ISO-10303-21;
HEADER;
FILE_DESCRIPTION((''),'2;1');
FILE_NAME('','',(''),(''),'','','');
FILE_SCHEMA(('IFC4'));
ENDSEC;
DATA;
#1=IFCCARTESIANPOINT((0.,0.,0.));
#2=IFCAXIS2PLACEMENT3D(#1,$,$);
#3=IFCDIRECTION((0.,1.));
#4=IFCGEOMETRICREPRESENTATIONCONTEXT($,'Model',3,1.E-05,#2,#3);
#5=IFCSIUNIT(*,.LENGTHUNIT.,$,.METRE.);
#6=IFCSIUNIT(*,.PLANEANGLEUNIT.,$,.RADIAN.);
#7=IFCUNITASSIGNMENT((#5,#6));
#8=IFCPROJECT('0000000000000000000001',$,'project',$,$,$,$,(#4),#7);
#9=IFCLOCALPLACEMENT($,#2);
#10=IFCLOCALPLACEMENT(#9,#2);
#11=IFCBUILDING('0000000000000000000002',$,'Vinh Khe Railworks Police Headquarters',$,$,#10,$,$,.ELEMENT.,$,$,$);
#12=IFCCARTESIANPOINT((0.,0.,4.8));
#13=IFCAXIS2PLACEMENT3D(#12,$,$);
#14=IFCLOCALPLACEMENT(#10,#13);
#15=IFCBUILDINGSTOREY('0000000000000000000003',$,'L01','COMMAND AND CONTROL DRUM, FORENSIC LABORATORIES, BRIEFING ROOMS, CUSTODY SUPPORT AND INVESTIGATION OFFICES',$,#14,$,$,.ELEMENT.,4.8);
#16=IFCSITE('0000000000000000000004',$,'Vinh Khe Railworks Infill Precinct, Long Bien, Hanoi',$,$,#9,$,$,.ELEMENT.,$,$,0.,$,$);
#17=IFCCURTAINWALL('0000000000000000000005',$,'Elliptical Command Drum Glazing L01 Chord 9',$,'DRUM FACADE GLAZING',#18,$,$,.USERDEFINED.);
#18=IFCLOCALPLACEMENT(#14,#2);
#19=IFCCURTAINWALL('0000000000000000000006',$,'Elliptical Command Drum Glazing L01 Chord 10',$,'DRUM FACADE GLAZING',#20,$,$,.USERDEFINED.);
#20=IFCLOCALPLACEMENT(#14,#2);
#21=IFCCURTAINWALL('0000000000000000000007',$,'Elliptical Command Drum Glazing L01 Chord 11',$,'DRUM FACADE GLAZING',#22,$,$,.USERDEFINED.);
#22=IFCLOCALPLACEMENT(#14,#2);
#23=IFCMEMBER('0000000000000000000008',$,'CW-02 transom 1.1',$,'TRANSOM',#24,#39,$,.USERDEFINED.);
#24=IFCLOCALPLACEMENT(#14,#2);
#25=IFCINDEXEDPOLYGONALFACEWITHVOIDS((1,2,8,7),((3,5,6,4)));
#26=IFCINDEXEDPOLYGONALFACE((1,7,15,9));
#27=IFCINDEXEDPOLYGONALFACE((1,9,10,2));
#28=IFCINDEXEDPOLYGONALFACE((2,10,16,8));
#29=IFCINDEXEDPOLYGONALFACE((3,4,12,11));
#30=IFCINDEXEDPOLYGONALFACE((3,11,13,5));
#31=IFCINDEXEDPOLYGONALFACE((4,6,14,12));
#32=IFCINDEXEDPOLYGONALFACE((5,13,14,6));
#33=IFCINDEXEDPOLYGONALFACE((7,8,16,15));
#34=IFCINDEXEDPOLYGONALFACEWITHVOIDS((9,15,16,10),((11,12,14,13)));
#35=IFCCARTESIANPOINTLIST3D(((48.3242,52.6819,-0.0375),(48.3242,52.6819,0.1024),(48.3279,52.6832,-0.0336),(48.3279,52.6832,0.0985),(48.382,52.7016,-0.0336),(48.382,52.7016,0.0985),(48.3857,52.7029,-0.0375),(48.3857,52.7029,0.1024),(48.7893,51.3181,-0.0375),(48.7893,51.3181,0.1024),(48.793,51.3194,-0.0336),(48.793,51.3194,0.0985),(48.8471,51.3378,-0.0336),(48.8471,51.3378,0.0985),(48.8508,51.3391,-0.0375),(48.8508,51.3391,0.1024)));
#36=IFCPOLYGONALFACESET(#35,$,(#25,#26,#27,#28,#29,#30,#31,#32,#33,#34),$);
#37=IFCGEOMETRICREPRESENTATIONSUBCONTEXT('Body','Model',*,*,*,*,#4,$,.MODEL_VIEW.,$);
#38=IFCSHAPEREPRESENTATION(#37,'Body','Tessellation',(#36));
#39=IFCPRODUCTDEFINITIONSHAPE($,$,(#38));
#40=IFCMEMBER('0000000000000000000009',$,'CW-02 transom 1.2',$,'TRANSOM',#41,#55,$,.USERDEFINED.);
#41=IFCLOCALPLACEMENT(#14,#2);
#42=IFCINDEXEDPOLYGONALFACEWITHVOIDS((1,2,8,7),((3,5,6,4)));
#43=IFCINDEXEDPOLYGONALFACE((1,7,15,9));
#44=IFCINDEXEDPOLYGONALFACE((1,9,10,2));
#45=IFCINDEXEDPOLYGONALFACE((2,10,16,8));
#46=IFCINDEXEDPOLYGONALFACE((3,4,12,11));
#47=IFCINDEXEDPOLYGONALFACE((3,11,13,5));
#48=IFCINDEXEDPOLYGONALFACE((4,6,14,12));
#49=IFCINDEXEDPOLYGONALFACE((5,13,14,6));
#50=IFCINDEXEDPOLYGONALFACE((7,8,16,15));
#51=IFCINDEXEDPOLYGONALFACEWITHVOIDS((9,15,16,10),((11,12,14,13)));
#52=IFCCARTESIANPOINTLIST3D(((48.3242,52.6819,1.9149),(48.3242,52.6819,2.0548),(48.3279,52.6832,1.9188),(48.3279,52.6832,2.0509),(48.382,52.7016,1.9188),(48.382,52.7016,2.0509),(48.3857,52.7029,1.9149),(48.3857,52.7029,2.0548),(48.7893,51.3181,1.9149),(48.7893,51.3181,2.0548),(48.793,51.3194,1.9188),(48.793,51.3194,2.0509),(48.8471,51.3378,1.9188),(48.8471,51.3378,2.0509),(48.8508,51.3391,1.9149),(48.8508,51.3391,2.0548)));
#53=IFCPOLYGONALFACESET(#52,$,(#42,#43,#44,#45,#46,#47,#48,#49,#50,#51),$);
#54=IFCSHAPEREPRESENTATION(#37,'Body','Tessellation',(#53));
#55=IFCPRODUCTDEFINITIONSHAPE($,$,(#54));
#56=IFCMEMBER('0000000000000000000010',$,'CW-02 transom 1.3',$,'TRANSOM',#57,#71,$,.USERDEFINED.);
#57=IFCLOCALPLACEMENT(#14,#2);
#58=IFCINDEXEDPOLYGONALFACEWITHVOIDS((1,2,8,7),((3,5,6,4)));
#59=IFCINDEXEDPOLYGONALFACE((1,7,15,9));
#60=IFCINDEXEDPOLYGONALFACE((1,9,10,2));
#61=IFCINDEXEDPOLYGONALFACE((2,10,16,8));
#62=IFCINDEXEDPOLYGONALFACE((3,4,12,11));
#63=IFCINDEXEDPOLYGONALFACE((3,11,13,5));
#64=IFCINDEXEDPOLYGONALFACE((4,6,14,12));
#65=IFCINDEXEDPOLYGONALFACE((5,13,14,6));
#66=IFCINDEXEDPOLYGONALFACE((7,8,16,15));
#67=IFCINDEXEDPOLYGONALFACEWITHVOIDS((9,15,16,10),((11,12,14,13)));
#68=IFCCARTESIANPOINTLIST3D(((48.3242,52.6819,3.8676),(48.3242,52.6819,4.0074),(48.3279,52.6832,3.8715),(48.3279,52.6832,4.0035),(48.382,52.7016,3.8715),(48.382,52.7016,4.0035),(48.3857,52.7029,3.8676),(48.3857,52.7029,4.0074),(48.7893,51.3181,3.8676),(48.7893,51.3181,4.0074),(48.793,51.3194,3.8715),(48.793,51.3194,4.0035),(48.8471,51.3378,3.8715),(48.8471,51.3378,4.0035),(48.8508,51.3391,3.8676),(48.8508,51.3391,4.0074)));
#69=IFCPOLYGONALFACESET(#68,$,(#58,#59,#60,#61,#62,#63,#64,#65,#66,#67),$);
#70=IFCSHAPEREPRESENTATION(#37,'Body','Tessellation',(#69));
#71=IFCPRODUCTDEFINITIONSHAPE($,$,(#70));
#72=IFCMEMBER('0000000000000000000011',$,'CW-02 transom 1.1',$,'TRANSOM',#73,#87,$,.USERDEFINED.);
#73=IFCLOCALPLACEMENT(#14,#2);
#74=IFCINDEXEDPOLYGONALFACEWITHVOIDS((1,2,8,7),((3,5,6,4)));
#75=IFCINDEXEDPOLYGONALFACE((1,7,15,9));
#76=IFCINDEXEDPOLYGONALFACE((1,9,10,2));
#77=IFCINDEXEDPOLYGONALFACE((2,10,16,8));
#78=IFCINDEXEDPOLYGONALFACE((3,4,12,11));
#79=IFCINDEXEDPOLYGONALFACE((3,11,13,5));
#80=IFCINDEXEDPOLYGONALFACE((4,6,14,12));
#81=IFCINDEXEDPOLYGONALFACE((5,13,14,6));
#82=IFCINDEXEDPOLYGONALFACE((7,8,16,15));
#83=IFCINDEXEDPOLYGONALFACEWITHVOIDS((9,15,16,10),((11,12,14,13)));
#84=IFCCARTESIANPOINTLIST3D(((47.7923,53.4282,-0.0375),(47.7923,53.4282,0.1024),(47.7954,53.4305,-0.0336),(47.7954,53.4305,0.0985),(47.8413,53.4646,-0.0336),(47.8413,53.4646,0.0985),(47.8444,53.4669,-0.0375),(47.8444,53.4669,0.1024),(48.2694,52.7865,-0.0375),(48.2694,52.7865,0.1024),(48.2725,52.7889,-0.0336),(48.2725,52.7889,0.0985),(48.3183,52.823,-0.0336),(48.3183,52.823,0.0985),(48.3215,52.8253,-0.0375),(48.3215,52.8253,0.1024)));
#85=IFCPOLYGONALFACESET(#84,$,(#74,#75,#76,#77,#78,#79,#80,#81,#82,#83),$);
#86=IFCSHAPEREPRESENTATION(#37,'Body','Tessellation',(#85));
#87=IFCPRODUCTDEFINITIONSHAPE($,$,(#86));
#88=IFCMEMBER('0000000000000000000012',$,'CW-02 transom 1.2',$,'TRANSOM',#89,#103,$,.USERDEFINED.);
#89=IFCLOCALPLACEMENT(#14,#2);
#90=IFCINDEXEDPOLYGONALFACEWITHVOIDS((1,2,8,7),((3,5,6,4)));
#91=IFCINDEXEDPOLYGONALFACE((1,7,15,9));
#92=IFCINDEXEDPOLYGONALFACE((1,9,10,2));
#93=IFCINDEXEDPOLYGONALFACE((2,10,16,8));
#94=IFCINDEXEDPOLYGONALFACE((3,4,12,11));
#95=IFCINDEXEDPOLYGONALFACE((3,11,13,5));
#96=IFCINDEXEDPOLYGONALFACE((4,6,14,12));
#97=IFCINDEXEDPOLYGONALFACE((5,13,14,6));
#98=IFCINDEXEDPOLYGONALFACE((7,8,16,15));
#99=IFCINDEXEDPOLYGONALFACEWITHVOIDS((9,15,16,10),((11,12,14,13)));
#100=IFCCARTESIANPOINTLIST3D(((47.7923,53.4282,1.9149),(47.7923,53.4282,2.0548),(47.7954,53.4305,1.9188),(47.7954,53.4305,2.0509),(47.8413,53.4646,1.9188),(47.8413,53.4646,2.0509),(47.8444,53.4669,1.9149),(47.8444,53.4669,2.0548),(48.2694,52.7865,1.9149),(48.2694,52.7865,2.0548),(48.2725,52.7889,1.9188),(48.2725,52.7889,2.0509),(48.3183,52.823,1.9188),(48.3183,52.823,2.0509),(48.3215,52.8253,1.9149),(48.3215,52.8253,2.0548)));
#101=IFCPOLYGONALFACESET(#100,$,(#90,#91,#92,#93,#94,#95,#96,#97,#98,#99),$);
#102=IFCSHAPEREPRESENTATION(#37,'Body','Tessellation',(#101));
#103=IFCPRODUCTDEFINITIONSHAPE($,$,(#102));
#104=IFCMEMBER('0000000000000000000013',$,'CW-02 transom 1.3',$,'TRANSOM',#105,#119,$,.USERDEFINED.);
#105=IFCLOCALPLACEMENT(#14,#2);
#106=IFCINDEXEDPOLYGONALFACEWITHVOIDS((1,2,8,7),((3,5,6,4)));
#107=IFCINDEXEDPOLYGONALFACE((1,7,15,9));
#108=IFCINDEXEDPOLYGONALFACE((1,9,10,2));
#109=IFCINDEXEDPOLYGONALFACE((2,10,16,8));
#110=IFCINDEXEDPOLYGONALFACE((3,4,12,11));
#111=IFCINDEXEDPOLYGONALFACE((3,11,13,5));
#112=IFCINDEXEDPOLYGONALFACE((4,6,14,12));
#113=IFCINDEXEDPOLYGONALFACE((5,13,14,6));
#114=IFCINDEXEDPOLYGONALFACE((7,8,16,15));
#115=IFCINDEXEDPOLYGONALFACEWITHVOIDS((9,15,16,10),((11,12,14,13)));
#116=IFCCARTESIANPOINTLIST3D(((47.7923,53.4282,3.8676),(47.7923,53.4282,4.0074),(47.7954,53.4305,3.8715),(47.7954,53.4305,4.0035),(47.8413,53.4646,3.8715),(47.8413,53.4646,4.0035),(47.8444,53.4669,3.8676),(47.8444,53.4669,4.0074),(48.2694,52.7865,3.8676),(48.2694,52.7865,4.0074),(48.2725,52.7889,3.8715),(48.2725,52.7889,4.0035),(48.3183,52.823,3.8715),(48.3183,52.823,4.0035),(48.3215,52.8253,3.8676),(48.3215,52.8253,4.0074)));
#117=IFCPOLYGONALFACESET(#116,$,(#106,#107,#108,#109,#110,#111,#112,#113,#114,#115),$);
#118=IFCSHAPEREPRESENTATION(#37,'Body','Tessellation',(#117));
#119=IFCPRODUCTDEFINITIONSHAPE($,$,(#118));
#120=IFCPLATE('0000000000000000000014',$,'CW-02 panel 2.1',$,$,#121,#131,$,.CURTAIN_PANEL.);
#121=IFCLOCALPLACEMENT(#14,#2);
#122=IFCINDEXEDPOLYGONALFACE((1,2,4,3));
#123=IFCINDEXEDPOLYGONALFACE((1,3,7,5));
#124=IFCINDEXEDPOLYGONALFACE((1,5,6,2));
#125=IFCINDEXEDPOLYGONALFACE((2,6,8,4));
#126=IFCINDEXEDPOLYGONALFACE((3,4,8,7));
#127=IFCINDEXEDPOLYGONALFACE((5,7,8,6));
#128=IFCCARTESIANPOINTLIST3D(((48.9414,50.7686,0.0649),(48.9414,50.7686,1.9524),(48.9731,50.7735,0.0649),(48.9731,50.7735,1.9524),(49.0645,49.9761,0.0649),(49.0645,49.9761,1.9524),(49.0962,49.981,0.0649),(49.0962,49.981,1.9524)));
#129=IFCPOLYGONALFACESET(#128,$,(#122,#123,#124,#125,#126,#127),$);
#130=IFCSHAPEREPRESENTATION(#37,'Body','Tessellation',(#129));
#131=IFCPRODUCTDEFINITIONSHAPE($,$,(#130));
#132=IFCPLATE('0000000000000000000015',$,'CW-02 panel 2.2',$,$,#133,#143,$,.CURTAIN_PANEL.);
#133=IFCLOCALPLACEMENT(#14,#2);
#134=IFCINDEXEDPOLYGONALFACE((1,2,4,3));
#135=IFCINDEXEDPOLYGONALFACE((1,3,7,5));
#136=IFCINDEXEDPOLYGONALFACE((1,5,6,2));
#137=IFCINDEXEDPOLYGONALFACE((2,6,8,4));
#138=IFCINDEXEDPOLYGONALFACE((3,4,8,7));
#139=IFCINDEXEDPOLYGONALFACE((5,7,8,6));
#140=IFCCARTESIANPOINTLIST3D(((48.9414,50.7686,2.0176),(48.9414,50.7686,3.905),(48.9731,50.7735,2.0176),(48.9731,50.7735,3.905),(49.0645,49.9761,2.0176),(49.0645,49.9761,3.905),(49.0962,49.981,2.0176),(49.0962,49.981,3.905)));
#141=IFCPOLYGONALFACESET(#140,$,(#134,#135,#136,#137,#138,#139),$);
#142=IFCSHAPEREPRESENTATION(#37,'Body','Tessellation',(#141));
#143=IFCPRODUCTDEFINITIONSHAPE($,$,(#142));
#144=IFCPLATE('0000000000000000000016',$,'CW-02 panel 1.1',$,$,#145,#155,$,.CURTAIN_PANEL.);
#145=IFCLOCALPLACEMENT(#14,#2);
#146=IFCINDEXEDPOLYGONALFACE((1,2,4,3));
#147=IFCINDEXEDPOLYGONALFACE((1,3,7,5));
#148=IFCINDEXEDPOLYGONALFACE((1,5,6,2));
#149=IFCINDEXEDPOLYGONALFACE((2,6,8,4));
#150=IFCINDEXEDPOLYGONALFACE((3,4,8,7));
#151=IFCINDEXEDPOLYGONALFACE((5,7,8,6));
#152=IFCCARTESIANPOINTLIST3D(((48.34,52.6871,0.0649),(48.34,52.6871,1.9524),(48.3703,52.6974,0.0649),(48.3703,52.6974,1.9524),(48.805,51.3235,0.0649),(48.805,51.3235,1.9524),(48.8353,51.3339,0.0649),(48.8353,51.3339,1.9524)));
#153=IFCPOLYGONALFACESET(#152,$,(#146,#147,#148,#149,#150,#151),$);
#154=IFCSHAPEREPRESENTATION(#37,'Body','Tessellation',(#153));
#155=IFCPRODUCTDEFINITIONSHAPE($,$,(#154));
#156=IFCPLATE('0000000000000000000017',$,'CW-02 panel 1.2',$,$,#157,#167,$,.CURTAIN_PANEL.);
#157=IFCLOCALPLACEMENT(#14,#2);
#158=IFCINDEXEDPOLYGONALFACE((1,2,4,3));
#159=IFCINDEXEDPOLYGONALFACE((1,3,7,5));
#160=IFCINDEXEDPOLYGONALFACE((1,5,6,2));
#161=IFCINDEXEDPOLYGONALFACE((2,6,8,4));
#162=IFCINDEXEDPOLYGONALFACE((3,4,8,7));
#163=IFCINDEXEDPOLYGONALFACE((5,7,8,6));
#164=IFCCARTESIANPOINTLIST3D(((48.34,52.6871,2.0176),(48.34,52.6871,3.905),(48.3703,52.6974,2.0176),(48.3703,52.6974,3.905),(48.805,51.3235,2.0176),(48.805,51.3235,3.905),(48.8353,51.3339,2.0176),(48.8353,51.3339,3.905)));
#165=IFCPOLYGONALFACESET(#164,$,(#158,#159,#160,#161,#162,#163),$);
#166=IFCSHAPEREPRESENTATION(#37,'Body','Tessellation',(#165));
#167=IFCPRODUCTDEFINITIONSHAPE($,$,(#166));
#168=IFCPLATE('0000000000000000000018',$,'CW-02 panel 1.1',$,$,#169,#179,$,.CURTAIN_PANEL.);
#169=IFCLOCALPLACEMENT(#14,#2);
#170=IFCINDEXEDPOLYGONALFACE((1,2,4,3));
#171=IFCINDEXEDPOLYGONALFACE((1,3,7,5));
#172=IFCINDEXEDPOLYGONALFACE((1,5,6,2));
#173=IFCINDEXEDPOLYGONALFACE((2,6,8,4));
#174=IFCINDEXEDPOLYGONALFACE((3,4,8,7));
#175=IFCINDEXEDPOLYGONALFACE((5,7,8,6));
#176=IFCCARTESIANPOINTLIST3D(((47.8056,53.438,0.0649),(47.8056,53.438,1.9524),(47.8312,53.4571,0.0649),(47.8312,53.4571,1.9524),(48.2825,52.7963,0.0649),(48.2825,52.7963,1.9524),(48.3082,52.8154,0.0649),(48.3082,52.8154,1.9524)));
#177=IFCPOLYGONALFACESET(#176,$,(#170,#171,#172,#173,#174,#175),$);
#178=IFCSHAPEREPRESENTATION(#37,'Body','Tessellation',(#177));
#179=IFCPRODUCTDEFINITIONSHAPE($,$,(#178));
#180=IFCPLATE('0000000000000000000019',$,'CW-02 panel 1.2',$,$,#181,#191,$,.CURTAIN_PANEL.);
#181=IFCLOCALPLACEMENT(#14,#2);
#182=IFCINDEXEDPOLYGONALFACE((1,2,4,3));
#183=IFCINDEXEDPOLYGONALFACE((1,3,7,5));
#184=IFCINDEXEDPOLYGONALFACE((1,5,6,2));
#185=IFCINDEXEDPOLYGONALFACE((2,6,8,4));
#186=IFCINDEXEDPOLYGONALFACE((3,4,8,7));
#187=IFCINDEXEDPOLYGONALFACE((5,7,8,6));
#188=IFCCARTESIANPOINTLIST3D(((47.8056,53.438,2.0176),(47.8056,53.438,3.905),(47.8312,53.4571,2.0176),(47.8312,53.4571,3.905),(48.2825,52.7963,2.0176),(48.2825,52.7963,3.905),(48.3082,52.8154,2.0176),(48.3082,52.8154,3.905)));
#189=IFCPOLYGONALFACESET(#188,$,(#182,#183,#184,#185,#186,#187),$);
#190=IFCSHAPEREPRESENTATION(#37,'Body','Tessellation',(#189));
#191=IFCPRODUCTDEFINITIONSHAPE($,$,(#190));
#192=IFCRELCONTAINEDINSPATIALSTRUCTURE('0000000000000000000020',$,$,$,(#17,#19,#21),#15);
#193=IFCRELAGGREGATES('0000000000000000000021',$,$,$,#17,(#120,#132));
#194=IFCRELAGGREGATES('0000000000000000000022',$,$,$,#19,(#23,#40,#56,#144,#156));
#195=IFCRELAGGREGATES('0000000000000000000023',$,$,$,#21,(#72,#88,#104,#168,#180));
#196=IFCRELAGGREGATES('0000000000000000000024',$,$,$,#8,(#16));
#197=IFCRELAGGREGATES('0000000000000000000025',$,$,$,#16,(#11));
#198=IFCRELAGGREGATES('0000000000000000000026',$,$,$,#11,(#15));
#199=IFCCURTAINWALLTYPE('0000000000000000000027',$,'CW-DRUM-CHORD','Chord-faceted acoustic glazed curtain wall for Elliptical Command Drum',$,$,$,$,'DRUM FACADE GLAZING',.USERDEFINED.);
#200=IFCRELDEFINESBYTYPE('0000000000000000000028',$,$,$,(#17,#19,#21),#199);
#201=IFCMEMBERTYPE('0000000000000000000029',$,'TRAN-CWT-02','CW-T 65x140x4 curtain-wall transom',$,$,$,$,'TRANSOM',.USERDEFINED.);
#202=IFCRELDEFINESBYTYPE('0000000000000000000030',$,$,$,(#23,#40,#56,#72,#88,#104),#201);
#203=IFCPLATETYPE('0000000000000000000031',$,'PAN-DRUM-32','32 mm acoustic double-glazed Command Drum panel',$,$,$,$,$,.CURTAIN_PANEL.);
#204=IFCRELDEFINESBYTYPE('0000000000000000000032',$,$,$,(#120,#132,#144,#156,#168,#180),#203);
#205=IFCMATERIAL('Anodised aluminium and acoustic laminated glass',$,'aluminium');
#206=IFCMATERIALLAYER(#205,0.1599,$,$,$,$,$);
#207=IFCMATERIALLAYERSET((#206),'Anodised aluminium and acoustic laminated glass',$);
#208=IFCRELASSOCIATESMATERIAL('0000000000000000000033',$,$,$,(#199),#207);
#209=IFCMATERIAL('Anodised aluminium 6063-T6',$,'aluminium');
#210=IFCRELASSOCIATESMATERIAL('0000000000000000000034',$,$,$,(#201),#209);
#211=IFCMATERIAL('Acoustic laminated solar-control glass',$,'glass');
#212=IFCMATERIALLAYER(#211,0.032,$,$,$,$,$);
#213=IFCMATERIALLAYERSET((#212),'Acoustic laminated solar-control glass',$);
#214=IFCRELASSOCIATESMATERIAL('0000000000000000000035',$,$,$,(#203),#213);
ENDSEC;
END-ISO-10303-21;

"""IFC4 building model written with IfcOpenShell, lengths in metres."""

from ifc_helpers import new_model, si_unit, direction, frame, origin, origin_2d, place, context, subcontext, project, spatial, rectangle, hollow_rectangle, extrude, material, layer, layer_set, material_profile, profile_set, type_object, element, aggregate, save


model = new_model("IFC4")

# Units and contexts
model_context = context("Model", 3, precision=1e-05, world=origin(), true_north=direction((0.0, 1.0)))
body_context = subcontext(model_context, "Body", "Model", "MODEL_VIEW")
ifc_project = project(units=[si_unit("LENGTHUNIT", "METRE"), si_unit("PLANEANGLEUNIT", "RADIAN")], contexts=[model_context])

# Site, building, storey
site_placement = place(None, origin())
site = spatial("IfcSite", under=ifc_project, at=site_placement, Name="Vinh Khe Railworks Infill Precinct, Long Bien, Hanoi", CompositionType="ELEMENT", RefElevation=0.0)
building_placement = place(site_placement, origin())
building = spatial("IfcBuilding", under=site, at=building_placement, Name="Vinh Khe Railworks Police Headquarters", CompositionType="ELEMENT")
storey_placement = place(building_placement, frame((0.0, 0.0, 4.8)))
storey = spatial("IfcBuildingStorey", under=building, at=storey_placement, Name="L01", Description="COMMAND AND CONTROL DRUM, FORENSIC LABORATORIES, BRIEFING ROOMS, CUSTODY SUPPORT AND INVESTIGATION OFFICES", CompositionType="ELEMENT", Elevation=4.8)

# Curtain wall
ifc_material_1 = material(Name="Anodised aluminium and acoustic laminated glass", Category="aluminium")
ifc_layer_1 = layer(ifc_material_1, 0.1599)
ifc_layer_set_1 = layer_set([ifc_layer_1], Name="Anodised aluminium and acoustic laminated glass")
curtain_wall_type = type_object("IfcCurtainWallType", Name="CW-DRUM-CHORD", Description="Chord-faceted acoustic glazed curtain wall for Elliptical Command Drum", ElementType="DRUM FACADE GLAZING", PredefinedType="USERDEFINED", material=ifc_layer_set_1)
curtain_wall_1_placement = place(storey_placement, origin())
curtain_wall_1 = element("IfcCurtainWall", 1, at=curtain_wall_1_placement, inside=storey, type_object=curtain_wall_type, Name="Elliptical Command Drum Glazing L01 Chord 9", ObjectType="DRUM FACADE GLAZING", PredefinedType="USERDEFINED")
ifc_material_2 = material(Name="Anodised aluminium 6063-T6", Category="aluminium")

# Curtain wall
curtain_wall_2_placement = place(storey_placement, origin())
curtain_wall_2 = element("IfcCurtainWall", 2, at=curtain_wall_2_placement, inside=storey, type_object=curtain_wall_type, Name="Elliptical Command Drum Glazing L01 Chord 10", ObjectType="DRUM FACADE GLAZING", PredefinedType="USERDEFINED")

# Curtain wall
curtain_wall_3_placement = place(storey_placement, origin())
curtain_wall_3 = element("IfcCurtainWall", 3, at=curtain_wall_3_placement, inside=storey, type_object=curtain_wall_type, Name="Elliptical Command Drum Glazing L01 Chord 11", ObjectType="DRUM FACADE GLAZING", PredefinedType="USERDEFINED")

# Members
ifc_material_profile_1 = material_profile(ifc_material_2, hollow_rectangle(XDim=0.0649, YDim=0.1399, WallThickness=0.0039, at=origin_2d()), Name="CW-T 65x140x4")
ifc_profile_set_1 = profile_set([ifc_material_profile_1], Name="Anodised aluminium 6063-T6")
member_type_1 = type_object("IfcMemberType", Name="TRAN-CWT-02", Description="CW-T 65x140x4 curtain-wall transom", ElementType="TRANSOM", PredefinedType="USERDEFINED", material=ifc_profile_set_1)
member_1_placement = place(storey_placement, frame((48.8201, 51.3286, 0.0325), z_axis=(-0.322777, 0.946475, 0.0), x_axis=(-0.946475, -0.322777, 0.0)))
member_1 = element("IfcMember", 4, at=member_1_placement, type_object=member_type_1, Name="CW-02 transom 1.1", ObjectType="TRANSOM", PredefinedType="USERDEFINED", context=body_context, shape_type="SweptSolid", body=[
    extrude(hollow_rectangle(XDim=0.0649, YDim=0.1399, WallThickness=0.0039, at=origin_2d()), origin(), (0.0, 0.0, 1.0), 1.4409),
])
member_2_placement = place(storey_placement, frame((48.8201, 51.3286, 1.9849), z_axis=(-0.322777, 0.946475, 0.0), x_axis=(-0.946475, -0.322777, 0.0)))
member_2 = element("IfcMember", 5, at=member_2_placement, type_object=member_type_1, Name="CW-02 transom 1.2", ObjectType="TRANSOM", PredefinedType="USERDEFINED", context=body_context, shape_type="SweptSolid", body=[
    extrude(hollow_rectangle(XDim=0.0649, YDim=0.1399, WallThickness=0.0039, at=origin_2d()), origin(), (0.0, 0.0, 1.0), 1.4409),
])
member_3_placement = place(storey_placement, frame((48.8201, 51.3286, 3.9375), z_axis=(-0.322777, 0.946475, 0.0), x_axis=(-0.946475, -0.322777, 0.0)))
member_3 = element("IfcMember", 6, at=member_3_placement, type_object=member_type_1, Name="CW-02 transom 1.3", ObjectType="TRANSOM", PredefinedType="USERDEFINED", context=body_context, shape_type="SweptSolid", body=[
    extrude(hollow_rectangle(XDim=0.0649, YDim=0.1399, WallThickness=0.0039, at=origin_2d()), origin(), (0.0, 0.0, 1.0), 1.4409),
])
member_4_placement = place(storey_placement, frame((48.2954, 52.8059, 0.0325), z_axis=(-0.596673, 0.802485, 0.0), x_axis=(-0.802485, -0.596673, 0.0)))
member_4 = element("IfcMember", 7, at=member_4_placement, type_object=member_type_1, Name="CW-02 transom 1.1", ObjectType="TRANSOM", PredefinedType="USERDEFINED", context=body_context, shape_type="SweptSolid", body=[
    extrude(hollow_rectangle(XDim=0.0649, YDim=0.1399, WallThickness=0.0039, at=origin_2d()), origin(), (0.0, 0.0, 1.0), 0.7996),
])
member_5_placement = place(storey_placement, frame((48.2954, 52.8059, 1.9849), z_axis=(-0.596673, 0.802485, 0.0), x_axis=(-0.802485, -0.596673, 0.0)))
member_5 = element("IfcMember", 8, at=member_5_placement, type_object=member_type_1, Name="CW-02 transom 1.2", ObjectType="TRANSOM", PredefinedType="USERDEFINED", context=body_context, shape_type="SweptSolid", body=[
    extrude(hollow_rectangle(XDim=0.0649, YDim=0.1399, WallThickness=0.0039, at=origin_2d()), origin(), (0.0, 0.0, 1.0), 0.7996),
])
member_6_placement = place(storey_placement, frame((48.2954, 52.8059, 3.9375), z_axis=(-0.596673, 0.802485, 0.0), x_axis=(-0.802485, -0.596673, 0.0)))
member_6 = element("IfcMember", 9, at=member_6_placement, type_object=member_type_1, Name="CW-02 transom 1.3", ObjectType="TRANSOM", PredefinedType="USERDEFINED", context=body_context, shape_type="SweptSolid", body=[
    extrude(hollow_rectangle(XDim=0.0649, YDim=0.1399, WallThickness=0.0039, at=origin_2d()), origin(), (0.0, 0.0, 1.0), 0.7996),
])

# Plates
ifc_material_3 = material(Name="Acoustic laminated solar-control glass", Category="glass")
ifc_layer_2 = layer(ifc_material_3, 0.032)
ifc_layer_set_2 = layer_set([ifc_layer_2], Name="Acoustic laminated solar-control glass")
plate_type_1 = type_object("IfcPlateType", Name="PAN-DRUM-32", Description="32 mm acoustic double-glazed Command Drum panel", PredefinedType="CURTAIN_PANEL", material=ifc_layer_set_2)
plate_1_placement = place(storey_placement, frame((49.0188, 50.3748, 0.0649), z_axis=(0.0, 0.0, 1.0), x_axis=(-0.15349, 0.98815, 0.0)))
plate_1 = element("IfcPlate", 10, at=plate_1_placement, type_object=plate_type_1, Name="CW-02 panel 2.1", PredefinedType="CURTAIN_PANEL", context=body_context, shape_type="SweptSolid", body=[
    extrude(rectangle(XDim=0.802, YDim=0.032, at=origin_2d()), origin(), (0.0, 0.0, 1.0), 1.8875),
])
plate_2_placement = place(storey_placement, frame((49.0188, 50.3748, 2.0176), z_axis=(0.0, 0.0, 1.0), x_axis=(-0.15349, 0.98815, 0.0)))
plate_2 = element("IfcPlate", 11, at=plate_2_placement, type_object=plate_type_1, Name="CW-02 panel 2.2", PredefinedType="CURTAIN_PANEL", context=body_context, shape_type="SweptSolid", body=[
    extrude(rectangle(XDim=0.802, YDim=0.032, at=origin_2d()), origin(), (0.0, 0.0, 1.0), 1.8875),
])
aggregate(curtain_wall_1, [plate_1, plate_2])
plate_3_placement = place(storey_placement, frame((48.5876, 52.0105, 0.0649), z_axis=(0.0, 0.0, 1.0), x_axis=(-0.32275, 0.946484, 0.0)))
plate_3 = element("IfcPlate", 12, at=plate_3_placement, type_object=plate_type_1, Name="CW-02 panel 1.1", PredefinedType="CURTAIN_PANEL", context=body_context, shape_type="SweptSolid", body=[
    extrude(rectangle(XDim=1.4407, YDim=0.032, at=origin_2d()), origin(), (0.0, 0.0, 1.0), 1.8875),
])
plate_4_placement = place(storey_placement, frame((48.5876, 52.0105, 2.0176), z_axis=(0.0, 0.0, 1.0), x_axis=(-0.32275, 0.946484, 0.0)))
plate_4 = element("IfcPlate", 13, at=plate_4_placement, type_object=plate_type_1, Name="CW-02 panel 1.2", PredefinedType="CURTAIN_PANEL", context=body_context, shape_type="SweptSolid", body=[
    extrude(rectangle(XDim=1.4407, YDim=0.032, at=origin_2d()), origin(), (0.0, 0.0, 1.0), 1.8875),
])
aggregate(curtain_wall_2, [member_1, member_2, member_3, plate_3, plate_4])
plate_5_placement = place(storey_placement, frame((48.0569, 53.1267, 0.0649), z_axis=(0.0, 0.0, 1.0), x_axis=(-0.596528, 0.802592, 0.0)))
plate_5 = element("IfcPlate", 14, at=plate_5_placement, type_object=plate_type_1, Name="CW-02 panel 1.1", PredefinedType="CURTAIN_PANEL", context=body_context, shape_type="SweptSolid", body=[
    extrude(rectangle(XDim=0.7996, YDim=0.032, at=origin_2d()), origin(), (0.0, 0.0, 1.0), 1.8875),
])
plate_6_placement = place(storey_placement, frame((48.0569, 53.1267, 2.0176), z_axis=(0.0, 0.0, 1.0), x_axis=(-0.596528, 0.802592, 0.0)))
plate_6 = element("IfcPlate", 15, at=plate_6_placement, type_object=plate_type_1, Name="CW-02 panel 1.2", PredefinedType="CURTAIN_PANEL", context=body_context, shape_type="SweptSolid", body=[
    extrude(rectangle(XDim=0.7996, YDim=0.032, at=origin_2d()), origin(), (0.0, 0.0, 1.0), 1.8875),
])
aggregate(curtain_wall_3, [member_4, member_5, member_6, plate_5, plate_6])

save(model, "model.ifc")
